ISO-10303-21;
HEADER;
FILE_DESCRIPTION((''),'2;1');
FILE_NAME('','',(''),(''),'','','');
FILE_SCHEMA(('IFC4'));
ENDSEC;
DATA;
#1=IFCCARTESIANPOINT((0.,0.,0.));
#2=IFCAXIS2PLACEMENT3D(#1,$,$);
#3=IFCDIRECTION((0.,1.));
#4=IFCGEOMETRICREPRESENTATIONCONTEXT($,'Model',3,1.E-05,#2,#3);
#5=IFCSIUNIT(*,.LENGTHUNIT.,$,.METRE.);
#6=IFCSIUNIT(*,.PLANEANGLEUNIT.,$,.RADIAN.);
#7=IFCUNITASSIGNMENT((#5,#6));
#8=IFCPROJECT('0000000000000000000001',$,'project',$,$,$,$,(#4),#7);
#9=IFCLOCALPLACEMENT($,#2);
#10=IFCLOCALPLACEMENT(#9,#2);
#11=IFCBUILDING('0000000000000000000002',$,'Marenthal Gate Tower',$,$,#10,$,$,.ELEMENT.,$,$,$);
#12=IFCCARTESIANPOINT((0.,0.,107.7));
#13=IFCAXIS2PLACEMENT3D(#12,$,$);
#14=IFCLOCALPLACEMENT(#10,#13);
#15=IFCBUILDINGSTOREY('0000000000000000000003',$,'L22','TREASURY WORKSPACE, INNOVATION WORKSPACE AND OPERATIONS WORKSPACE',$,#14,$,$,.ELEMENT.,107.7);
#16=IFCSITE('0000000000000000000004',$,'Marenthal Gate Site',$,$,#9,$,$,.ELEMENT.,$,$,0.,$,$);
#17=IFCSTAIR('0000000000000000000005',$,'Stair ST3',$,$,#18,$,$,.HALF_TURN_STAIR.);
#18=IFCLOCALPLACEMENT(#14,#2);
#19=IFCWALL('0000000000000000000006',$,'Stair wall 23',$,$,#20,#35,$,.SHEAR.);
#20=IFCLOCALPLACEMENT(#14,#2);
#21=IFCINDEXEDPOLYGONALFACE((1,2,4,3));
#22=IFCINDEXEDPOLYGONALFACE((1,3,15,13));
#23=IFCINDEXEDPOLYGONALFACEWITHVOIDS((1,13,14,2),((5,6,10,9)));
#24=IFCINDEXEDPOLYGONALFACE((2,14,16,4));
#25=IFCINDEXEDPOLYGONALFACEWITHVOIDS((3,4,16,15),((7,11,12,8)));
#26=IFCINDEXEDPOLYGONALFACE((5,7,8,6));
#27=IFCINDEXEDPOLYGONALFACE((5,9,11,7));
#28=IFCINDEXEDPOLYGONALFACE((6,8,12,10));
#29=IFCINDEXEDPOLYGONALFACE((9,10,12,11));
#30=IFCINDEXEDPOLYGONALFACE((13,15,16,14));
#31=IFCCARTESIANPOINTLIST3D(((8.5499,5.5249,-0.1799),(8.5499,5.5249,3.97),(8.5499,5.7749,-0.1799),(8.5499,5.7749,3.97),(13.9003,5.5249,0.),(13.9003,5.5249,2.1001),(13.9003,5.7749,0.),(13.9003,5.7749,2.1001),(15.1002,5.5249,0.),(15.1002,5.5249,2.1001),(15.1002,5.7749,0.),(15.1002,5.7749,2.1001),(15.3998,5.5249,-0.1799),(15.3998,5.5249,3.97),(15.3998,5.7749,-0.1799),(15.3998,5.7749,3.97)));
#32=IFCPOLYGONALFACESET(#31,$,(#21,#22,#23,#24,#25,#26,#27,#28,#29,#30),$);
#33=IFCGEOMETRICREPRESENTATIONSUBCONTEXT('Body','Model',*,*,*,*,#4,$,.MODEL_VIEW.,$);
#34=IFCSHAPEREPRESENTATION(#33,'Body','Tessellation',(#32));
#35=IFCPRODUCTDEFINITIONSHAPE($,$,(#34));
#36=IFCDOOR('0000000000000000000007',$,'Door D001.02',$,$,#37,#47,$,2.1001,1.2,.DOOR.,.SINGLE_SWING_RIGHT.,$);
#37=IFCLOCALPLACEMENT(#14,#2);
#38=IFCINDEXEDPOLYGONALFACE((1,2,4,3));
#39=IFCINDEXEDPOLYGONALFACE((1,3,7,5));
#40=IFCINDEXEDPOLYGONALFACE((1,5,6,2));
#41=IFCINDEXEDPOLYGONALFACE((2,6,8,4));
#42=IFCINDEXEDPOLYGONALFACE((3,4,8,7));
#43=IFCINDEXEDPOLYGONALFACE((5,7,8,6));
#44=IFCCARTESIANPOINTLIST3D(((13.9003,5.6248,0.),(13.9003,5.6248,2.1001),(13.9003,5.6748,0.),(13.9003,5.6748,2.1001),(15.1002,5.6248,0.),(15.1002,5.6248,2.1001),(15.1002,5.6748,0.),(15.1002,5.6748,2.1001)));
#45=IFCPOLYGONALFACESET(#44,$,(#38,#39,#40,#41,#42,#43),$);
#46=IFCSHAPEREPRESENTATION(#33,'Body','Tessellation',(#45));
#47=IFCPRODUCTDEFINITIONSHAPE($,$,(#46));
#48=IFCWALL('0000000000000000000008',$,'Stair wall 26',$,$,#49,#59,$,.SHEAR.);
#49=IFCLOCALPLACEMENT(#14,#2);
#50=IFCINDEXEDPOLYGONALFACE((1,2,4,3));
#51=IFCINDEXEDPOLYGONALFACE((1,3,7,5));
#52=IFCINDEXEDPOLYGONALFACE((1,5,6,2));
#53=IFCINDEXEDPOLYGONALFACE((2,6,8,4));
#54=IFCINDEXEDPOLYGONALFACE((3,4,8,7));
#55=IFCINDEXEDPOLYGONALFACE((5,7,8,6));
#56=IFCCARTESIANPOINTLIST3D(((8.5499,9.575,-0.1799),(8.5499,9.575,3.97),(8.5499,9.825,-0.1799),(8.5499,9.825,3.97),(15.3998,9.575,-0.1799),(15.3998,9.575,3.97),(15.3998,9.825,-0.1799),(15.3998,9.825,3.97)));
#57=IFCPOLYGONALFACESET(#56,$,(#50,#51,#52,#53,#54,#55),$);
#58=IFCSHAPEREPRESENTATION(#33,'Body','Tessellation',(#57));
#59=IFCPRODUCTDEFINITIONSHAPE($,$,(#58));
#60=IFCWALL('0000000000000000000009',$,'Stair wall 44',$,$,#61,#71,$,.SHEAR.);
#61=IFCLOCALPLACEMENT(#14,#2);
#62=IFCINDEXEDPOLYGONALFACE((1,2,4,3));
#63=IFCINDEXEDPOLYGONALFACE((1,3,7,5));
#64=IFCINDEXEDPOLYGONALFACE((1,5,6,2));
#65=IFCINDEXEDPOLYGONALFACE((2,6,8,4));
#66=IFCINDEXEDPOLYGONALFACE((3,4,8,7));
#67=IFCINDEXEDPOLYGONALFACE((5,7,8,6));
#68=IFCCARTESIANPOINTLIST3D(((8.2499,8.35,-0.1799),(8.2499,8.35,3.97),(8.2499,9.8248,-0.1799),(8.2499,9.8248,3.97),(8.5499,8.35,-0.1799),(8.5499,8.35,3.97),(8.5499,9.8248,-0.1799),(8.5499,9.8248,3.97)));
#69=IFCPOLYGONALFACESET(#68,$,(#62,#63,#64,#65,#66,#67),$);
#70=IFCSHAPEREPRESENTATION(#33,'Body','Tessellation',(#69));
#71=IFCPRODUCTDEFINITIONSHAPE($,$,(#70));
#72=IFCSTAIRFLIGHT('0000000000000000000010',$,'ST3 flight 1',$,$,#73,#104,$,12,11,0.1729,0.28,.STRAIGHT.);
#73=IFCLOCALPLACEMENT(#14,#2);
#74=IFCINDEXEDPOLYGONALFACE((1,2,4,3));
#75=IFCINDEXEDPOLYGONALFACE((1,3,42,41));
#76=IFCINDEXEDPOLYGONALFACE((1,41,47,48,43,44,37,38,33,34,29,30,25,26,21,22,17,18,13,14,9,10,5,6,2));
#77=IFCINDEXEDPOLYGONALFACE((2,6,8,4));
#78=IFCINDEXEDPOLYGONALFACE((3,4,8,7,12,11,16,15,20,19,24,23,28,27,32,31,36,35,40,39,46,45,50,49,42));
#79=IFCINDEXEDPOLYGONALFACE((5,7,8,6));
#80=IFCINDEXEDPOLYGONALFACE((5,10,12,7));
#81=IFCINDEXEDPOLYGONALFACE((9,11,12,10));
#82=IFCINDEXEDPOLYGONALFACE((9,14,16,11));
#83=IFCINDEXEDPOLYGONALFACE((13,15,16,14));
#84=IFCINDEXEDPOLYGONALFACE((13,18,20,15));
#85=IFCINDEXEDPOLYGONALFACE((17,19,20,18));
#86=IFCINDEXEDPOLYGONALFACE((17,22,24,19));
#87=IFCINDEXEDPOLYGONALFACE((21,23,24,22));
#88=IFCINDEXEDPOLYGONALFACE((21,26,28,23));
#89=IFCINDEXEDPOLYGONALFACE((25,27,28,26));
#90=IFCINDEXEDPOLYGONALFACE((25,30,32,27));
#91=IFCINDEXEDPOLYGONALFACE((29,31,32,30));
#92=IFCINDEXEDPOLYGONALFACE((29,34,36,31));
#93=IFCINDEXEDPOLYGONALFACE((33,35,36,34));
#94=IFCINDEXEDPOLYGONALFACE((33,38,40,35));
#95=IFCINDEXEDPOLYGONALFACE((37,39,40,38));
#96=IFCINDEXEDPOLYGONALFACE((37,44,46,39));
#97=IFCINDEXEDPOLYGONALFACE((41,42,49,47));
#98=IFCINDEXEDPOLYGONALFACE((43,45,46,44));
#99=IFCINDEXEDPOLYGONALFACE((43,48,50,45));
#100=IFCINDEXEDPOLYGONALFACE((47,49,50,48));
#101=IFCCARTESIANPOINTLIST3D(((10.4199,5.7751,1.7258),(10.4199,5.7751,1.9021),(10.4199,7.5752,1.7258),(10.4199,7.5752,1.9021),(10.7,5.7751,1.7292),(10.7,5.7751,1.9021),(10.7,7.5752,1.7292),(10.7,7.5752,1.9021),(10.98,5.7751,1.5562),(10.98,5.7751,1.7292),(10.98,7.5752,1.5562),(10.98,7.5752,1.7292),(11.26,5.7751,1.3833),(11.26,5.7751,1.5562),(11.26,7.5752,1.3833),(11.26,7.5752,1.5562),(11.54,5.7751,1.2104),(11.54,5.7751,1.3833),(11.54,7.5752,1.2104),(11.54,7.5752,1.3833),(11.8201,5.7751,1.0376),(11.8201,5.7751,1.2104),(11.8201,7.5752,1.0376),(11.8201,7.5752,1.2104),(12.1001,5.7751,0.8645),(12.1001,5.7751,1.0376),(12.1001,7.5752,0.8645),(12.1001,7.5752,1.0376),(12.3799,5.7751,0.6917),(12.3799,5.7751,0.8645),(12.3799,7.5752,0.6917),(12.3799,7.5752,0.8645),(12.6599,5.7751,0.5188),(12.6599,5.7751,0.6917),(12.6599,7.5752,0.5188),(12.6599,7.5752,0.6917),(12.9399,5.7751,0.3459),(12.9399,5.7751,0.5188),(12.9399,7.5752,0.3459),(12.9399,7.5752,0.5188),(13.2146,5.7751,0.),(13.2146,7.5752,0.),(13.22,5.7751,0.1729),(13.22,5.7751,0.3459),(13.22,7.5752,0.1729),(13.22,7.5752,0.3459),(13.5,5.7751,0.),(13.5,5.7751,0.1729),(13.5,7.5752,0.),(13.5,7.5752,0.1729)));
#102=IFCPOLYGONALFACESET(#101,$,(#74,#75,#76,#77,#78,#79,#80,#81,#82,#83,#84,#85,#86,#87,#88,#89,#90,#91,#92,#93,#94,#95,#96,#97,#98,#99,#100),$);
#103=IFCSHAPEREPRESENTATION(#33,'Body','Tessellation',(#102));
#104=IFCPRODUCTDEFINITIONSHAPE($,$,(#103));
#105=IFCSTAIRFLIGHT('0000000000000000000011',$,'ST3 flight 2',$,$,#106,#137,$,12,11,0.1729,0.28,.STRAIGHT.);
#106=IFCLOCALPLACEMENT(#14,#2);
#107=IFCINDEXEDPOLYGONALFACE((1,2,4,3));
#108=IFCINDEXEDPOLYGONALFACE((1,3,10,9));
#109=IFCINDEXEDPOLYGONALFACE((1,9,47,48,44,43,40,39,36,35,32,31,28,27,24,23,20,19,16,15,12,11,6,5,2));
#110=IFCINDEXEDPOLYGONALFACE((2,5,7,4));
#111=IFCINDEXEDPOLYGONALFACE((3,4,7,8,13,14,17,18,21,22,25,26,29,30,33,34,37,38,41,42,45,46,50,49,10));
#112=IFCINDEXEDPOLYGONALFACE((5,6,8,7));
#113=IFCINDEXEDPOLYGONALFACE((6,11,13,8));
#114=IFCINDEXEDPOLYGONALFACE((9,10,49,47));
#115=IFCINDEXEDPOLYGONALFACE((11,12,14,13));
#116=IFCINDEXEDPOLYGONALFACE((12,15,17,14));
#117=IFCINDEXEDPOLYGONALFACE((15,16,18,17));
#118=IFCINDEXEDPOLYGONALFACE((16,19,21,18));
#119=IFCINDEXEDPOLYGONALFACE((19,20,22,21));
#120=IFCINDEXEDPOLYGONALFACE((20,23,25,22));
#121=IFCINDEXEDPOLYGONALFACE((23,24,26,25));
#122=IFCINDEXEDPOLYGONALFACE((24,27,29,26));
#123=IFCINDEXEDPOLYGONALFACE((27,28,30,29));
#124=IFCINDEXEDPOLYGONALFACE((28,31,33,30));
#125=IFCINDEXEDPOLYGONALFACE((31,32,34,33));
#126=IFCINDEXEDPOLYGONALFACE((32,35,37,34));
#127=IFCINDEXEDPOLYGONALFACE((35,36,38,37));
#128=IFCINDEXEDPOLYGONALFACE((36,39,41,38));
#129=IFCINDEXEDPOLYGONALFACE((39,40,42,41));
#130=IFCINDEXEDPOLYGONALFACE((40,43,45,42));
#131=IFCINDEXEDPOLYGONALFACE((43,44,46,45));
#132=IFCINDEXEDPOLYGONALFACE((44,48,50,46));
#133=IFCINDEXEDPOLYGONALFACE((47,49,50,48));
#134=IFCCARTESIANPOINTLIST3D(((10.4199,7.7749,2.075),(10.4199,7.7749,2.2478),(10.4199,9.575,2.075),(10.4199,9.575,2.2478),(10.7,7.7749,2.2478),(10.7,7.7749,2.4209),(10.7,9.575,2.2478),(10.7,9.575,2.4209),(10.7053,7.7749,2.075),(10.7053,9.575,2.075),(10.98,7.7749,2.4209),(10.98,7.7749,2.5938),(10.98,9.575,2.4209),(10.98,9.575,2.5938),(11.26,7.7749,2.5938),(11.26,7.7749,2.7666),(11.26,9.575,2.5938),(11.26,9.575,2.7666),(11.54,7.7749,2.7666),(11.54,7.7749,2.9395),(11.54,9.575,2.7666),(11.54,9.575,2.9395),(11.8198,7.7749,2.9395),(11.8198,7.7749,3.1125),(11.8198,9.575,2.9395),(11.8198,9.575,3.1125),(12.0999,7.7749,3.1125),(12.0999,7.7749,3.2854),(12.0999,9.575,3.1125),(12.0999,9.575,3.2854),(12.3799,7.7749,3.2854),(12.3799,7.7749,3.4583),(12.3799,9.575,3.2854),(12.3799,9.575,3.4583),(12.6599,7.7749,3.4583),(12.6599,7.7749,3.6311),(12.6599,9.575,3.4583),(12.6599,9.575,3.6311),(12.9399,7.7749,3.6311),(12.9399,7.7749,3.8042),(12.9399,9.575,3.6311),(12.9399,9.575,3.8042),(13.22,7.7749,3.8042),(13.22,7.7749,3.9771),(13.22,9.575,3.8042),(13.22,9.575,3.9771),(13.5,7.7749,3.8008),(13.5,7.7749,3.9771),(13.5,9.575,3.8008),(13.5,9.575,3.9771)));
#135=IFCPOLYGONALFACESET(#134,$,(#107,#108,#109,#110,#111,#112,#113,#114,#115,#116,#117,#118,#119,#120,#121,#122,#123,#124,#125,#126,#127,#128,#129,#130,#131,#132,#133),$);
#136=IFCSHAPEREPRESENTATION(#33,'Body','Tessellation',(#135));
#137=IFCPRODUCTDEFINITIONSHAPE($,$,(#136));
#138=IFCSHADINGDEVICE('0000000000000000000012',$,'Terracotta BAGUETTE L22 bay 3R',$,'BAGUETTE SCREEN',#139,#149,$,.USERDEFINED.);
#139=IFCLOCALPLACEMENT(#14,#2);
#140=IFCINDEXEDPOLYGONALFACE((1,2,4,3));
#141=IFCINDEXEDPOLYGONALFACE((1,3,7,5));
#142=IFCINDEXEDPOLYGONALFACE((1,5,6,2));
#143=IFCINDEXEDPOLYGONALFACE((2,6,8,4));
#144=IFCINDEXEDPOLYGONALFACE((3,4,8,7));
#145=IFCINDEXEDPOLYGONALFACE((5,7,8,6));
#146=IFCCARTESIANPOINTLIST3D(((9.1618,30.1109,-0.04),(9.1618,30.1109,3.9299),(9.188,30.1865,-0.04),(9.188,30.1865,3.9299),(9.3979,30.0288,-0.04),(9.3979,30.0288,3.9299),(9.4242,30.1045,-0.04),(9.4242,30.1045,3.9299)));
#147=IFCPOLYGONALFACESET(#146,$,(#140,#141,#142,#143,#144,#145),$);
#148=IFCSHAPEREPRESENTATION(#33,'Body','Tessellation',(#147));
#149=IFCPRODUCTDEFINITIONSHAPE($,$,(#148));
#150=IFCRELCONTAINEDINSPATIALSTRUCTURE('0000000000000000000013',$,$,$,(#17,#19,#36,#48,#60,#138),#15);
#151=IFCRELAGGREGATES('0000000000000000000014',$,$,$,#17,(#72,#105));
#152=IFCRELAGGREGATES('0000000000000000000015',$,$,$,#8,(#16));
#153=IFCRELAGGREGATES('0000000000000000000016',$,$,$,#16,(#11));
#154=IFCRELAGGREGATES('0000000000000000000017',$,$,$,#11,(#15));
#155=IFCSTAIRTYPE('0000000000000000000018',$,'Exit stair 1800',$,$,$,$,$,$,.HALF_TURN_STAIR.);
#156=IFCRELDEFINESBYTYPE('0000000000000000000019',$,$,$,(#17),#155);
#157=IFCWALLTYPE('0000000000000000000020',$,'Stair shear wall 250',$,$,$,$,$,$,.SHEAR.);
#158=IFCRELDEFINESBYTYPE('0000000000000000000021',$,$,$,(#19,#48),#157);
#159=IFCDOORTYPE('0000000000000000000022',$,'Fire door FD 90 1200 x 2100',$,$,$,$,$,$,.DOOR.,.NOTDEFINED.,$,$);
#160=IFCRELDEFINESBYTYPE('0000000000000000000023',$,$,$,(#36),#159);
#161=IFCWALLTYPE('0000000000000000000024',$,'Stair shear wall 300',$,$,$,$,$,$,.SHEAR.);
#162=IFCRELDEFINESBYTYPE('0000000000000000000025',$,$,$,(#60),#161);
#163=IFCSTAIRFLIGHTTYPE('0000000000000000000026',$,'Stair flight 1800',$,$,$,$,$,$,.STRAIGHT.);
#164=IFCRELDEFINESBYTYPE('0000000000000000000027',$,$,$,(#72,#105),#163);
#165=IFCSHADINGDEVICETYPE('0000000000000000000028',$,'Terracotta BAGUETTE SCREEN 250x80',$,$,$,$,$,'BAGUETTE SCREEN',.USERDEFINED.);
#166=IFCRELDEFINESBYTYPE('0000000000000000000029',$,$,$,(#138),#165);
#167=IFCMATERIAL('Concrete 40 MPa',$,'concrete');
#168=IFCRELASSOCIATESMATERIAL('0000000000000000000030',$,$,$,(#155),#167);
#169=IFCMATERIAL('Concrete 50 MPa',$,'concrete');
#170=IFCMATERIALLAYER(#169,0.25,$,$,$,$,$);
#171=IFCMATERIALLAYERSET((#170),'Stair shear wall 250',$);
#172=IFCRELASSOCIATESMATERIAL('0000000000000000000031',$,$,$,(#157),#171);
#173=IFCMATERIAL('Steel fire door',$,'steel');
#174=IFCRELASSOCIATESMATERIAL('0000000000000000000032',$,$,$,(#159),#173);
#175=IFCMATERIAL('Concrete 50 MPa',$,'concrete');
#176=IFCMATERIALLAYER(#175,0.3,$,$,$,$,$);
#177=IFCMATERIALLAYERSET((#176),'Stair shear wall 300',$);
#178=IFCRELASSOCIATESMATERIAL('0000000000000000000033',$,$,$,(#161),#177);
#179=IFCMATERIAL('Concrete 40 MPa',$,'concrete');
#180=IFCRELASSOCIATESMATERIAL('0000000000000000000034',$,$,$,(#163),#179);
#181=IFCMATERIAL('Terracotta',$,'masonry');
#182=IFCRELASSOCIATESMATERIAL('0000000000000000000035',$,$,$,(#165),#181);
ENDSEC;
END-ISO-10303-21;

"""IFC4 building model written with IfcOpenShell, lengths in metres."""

from ifc_helpers import new_model, si_unit, direction, frame, frame_2d, origin, origin_2d, place, context, subcontext, project, spatial, polyline, rectangle, outline, extrude, material, layer, layer_set, material_profile, profile_set, type_object, element, fill, aggregate, save


model = new_model("IFC4")

# Units and contexts
model_context = context("Model", 3, precision=1e-05, world=origin(), true_north=direction((0.0, 1.0)))
body_context = subcontext(model_context, "Body", "Model", "MODEL_VIEW")
ifc_project = project(units=[si_unit("LENGTHUNIT", "METRE"), si_unit("PLANEANGLEUNIT", "RADIAN")], contexts=[model_context])

# Site, building, storey
site_placement = place(None, origin())
site = spatial("IfcSite", under=ifc_project, at=site_placement, Name="Marenthal Gate Site", CompositionType="ELEMENT", RefElevation=0.0)
building_placement = place(site_placement, origin())
building = spatial("IfcBuilding", under=site, at=building_placement, Name="Marenthal Gate Tower", CompositionType="ELEMENT")
storey_placement = place(building_placement, frame((0.0, 0.0, 107.7)))
storey = spatial("IfcBuildingStorey", under=building, at=storey_placement, Name="L22", Description="TREASURY WORKSPACE, INNOVATION WORKSPACE AND OPERATIONS WORKSPACE", CompositionType="ELEMENT", Elevation=107.7)

# Stair
ifc_material_1 = material(Name="Concrete 40 MPa", Category="concrete")
stair_type = type_object("IfcStairType", Name="Exit stair 1800", PredefinedType="HALF_TURN_STAIR", material=ifc_material_1)
stair_1_placement = place(storey_placement, origin())
stair_1 = element("IfcStair", 1, at=stair_1_placement, inside=storey, type_object=stair_type, Name="Stair ST3", PredefinedType="HALF_TURN_STAIR")

# Wall, opening, door
ifc_material_2 = material(Name="Concrete 50 MPa", Category="concrete")
ifc_layer_1 = layer(ifc_material_2, 0.25)
ifc_layer_set_1 = layer_set([ifc_layer_1], Name="Stair shear wall 250")
wall_type_1 = type_object("IfcWallType", Name="Stair shear wall 250", PredefinedType="SHEAR", material=ifc_layer_set_1)
wall_1_placement = place(storey_placement, frame((8.55, 5.6499, -0.1799), z_axis=(0.0, 0.0, 1.0), x_axis=(1.0, 0.0, 0.0)))
wall_1 = element("IfcWall", 2, at=wall_1_placement, inside=storey, type_object=wall_type_1, Name="Stair wall 23", PredefinedType="SHEAR", context=body_context, shape_type="SweptSolid", body=[
    extrude(rectangle(XDim=6.8499, YDim=0.25, at=frame_2d((3.4248, 0.0))), origin(), (0.0, 0.0, 1.0), 4.1499),
])
opening_1_placement = place(wall_1_placement, frame((5.3501, 0.0, 0.1799)))
opening_1 = element("IfcOpeningElement", 3, at=opening_1_placement, cuts=wall_1, PredefinedType="OPENING", context=body_context, shape_type="SweptSolid", body=[
    extrude(rectangle(XDim=1.2, YDim=2.1001, at=frame_2d((0.6001, 1.05))), frame((0.0, 0.135, 0.0), z_axis=(0.0, -1.0, 0.0), x_axis=(1.0, 0.0, 0.0)), (0.0, 0.0, 1.0), 0.27),
])
ifc_material_3 = material(Name="Steel fire door", Category="steel")
door_type_1 = type_object("IfcDoorType", Name="Fire door FD 90 1200 x 2100", OperationType="NOTDEFINED", PredefinedType="DOOR", material=ifc_material_3)
door_1_placement = place(opening_1_placement, origin())
door_1 = element("IfcDoor", 4, at=door_1_placement, inside=storey, type_object=door_type_1, Name="Door D001.02", OperationType="SINGLE_SWING_RIGHT", OverallHeight=2.1001, OverallWidth=1.2, PredefinedType="DOOR", context=body_context, shape_type="SweptSolid", body=[
    extrude(rectangle(XDim=1.2, YDim=2.1001, at=frame_2d((0.6001, 1.05))), frame((0.0, 0.0249, 0.0), z_axis=(0.0, -1.0, 0.0), x_axis=(1.0, 0.0, 0.0)), (0.0, 0.0, 1.0), 0.05),
])
fill(opening_1, door_1)

# Walls
wall_2_placement = place(storey_placement, frame((8.55, 9.7, -0.1799), z_axis=(0.0, 0.0, 1.0), x_axis=(1.0, 0.0, 0.0)))
element("IfcWall", 5, at=wall_2_placement, inside=storey, type_object=wall_type_1, Name="Stair wall 26", PredefinedType="SHEAR", context=body_context, shape_type="SweptSolid", body=[
    extrude(rectangle(XDim=6.8499, YDim=0.25, at=frame_2d((3.4248, 0.0))), origin(), (0.0, 0.0, 1.0), 4.1499),
])
ifc_material_4 = material(Name="Concrete 50 MPa", Category="concrete")
ifc_layer_2 = layer(ifc_material_4, 0.3)
ifc_layer_set_2 = layer_set([ifc_layer_2], Name="Stair shear wall 300")
wall_type_2 = type_object("IfcWallType", Name="Stair shear wall 300", PredefinedType="SHEAR", material=ifc_layer_set_2)
wall_3_placement = place(storey_placement, frame((8.3999, 8.3501, -0.1799), z_axis=(0.0, 0.0, 1.0), x_axis=(0.0, 1.0, 0.0)))
element("IfcWall", 6, at=wall_3_placement, inside=storey, type_object=wall_type_2, Name="Stair wall 44", PredefinedType="SHEAR", context=body_context, shape_type="SweptSolid", body=[
    extrude(rectangle(XDim=1.4749, YDim=0.3, at=frame_2d((0.7373, 0.0))), origin(), (0.0, 0.0, 1.0), 4.1499),
])

# Stair flights
ifc_material_5 = material(Name="Concrete 40 MPa", Category="concrete")
stair_flight_type = type_object("IfcStairFlightType", Name="Stair flight 1800", PredefinedType="STRAIGHT", material=ifc_material_5)
stair_flight_1_placement = place(storey_placement, frame((13.5, 6.675, 0.0), z_axis=(0.0, 0.0, 1.0), x_axis=(-1.0, 0.0, 0.0)))
stair_flight_1 = element("IfcStairFlight", 7, at=stair_flight_1_placement, type_object=stair_flight_type, Name="ST3 flight 1", NumberOfRisers=12, NumberOfTreads=11, PredefinedType="STRAIGHT", RiserHeight=0.1729, TreadLength=0.28, context=body_context, shape_type="SweptSolid", body=[
    extrude(outline(polyline([(0.0, 0.0), (0.0, 0.1729), (0.28, 0.1729), (0.28, 0.3459), (0.5601, 0.3459), (0.5601, 0.5188), (0.8401, 0.5188), (0.8401, 0.6917), (1.1201, 0.6917), (1.1201, 0.8645), (1.3999, 0.8645), (1.3999, 1.0376), (1.6799, 1.0376), (1.6799, 1.2104), (1.96, 1.2104), (1.96, 1.3833), (2.24, 1.3833), (2.24, 1.5562), (2.52, 1.5562), (2.52, 1.7292), (2.8, 1.7292), (2.8, 1.9021), (3.0801, 1.9021), (3.0801, 2.075), (3.0801, 1.7258), (0.2854, 0.0), (0.0, 0.0)])), frame((0.0, 0.8999, 0.0), z_axis=(0.0, -1.0, 0.0), x_axis=(1.0, 0.0, 0.0)), (0.0, 0.0, 1.0), 1.8),
])
stair_flight_2_placement = place(storey_placement, frame((10.4199, 8.675, 2.075), z_axis=(0.0, 0.0, 1.0), x_axis=(1.0, 0.0, 0.0)))
stair_flight_2 = element("IfcStairFlight", 8, at=stair_flight_2_placement, type_object=stair_flight_type, Name="ST3 flight 2", NumberOfRisers=12, NumberOfTreads=11, PredefinedType="STRAIGHT", RiserHeight=0.1729, TreadLength=0.28, context=body_context, shape_type="SweptSolid", body=[
    extrude(outline(polyline([(0.0, 0.0), (0.0, 0.1729), (0.28, 0.1729), (0.28, 0.3459), (0.5601, 0.3459), (0.5601, 0.5188), (0.8401, 0.5188), (0.8401, 0.6917), (1.1201, 0.6917), (1.1201, 0.8645), (1.3999, 0.8645), (1.3999, 1.0376), (1.6799, 1.0376), (1.6799, 1.2104), (1.96, 1.2104), (1.96, 1.3833), (2.24, 1.3833), (2.24, 1.5562), (2.52, 1.5562), (2.52, 1.7292), (2.8, 1.7292), (2.8, 1.9021), (3.0801, 1.9021), (3.0801, 2.075), (3.0801, 1.7258), (0.2854, 0.0), (0.0, 0.0)])), frame((0.0, 0.8999, 0.0), z_axis=(0.0, -1.0, 0.0), x_axis=(1.0, 0.0, 0.0)), (0.0, 0.0, 1.0), 1.8),
])
aggregate(stair_1, [stair_flight_1, stair_flight_2])

# Shading device
ifc_material_6 = material(Name="Terracotta", Category="masonry")
ifc_material_profile_1 = material_profile(ifc_material_6, rectangle(XDim=0.25, YDim=0.0801, at=origin_2d()), Name="Terracotta baguette 250x80")
ifc_profile_set_1 = profile_set([ifc_material_profile_1], Name="Terracotta")
shading_device_type = type_object("IfcShadingDeviceType", Name="Terracotta BAGUETTE SCREEN 250x80", ElementType="BAGUETTE SCREEN", PredefinedType="USERDEFINED", material=ifc_profile_set_1)
shading_device_placement = place(storey_placement, frame((9.293, 30.1077, -0.04), z_axis=(0.0, 0.0, 1.0), x_axis=(-0.944597, 0.328231, 0.0)))
element("IfcShadingDevice", 9, at=shading_device_placement, inside=storey, type_object=shading_device_type, Name="Terracotta BAGUETTE L22 bay 3R", ObjectType="BAGUETTE SCREEN", PredefinedType="USERDEFINED", context=body_context, shape_type="SweptSolid", body=[
    extrude(rectangle(XDim=0.25, YDim=0.0801, at=origin_2d()), origin(), (0.0, 0.0, 1.0), 3.97),
])

save(model, "model.ifc")
